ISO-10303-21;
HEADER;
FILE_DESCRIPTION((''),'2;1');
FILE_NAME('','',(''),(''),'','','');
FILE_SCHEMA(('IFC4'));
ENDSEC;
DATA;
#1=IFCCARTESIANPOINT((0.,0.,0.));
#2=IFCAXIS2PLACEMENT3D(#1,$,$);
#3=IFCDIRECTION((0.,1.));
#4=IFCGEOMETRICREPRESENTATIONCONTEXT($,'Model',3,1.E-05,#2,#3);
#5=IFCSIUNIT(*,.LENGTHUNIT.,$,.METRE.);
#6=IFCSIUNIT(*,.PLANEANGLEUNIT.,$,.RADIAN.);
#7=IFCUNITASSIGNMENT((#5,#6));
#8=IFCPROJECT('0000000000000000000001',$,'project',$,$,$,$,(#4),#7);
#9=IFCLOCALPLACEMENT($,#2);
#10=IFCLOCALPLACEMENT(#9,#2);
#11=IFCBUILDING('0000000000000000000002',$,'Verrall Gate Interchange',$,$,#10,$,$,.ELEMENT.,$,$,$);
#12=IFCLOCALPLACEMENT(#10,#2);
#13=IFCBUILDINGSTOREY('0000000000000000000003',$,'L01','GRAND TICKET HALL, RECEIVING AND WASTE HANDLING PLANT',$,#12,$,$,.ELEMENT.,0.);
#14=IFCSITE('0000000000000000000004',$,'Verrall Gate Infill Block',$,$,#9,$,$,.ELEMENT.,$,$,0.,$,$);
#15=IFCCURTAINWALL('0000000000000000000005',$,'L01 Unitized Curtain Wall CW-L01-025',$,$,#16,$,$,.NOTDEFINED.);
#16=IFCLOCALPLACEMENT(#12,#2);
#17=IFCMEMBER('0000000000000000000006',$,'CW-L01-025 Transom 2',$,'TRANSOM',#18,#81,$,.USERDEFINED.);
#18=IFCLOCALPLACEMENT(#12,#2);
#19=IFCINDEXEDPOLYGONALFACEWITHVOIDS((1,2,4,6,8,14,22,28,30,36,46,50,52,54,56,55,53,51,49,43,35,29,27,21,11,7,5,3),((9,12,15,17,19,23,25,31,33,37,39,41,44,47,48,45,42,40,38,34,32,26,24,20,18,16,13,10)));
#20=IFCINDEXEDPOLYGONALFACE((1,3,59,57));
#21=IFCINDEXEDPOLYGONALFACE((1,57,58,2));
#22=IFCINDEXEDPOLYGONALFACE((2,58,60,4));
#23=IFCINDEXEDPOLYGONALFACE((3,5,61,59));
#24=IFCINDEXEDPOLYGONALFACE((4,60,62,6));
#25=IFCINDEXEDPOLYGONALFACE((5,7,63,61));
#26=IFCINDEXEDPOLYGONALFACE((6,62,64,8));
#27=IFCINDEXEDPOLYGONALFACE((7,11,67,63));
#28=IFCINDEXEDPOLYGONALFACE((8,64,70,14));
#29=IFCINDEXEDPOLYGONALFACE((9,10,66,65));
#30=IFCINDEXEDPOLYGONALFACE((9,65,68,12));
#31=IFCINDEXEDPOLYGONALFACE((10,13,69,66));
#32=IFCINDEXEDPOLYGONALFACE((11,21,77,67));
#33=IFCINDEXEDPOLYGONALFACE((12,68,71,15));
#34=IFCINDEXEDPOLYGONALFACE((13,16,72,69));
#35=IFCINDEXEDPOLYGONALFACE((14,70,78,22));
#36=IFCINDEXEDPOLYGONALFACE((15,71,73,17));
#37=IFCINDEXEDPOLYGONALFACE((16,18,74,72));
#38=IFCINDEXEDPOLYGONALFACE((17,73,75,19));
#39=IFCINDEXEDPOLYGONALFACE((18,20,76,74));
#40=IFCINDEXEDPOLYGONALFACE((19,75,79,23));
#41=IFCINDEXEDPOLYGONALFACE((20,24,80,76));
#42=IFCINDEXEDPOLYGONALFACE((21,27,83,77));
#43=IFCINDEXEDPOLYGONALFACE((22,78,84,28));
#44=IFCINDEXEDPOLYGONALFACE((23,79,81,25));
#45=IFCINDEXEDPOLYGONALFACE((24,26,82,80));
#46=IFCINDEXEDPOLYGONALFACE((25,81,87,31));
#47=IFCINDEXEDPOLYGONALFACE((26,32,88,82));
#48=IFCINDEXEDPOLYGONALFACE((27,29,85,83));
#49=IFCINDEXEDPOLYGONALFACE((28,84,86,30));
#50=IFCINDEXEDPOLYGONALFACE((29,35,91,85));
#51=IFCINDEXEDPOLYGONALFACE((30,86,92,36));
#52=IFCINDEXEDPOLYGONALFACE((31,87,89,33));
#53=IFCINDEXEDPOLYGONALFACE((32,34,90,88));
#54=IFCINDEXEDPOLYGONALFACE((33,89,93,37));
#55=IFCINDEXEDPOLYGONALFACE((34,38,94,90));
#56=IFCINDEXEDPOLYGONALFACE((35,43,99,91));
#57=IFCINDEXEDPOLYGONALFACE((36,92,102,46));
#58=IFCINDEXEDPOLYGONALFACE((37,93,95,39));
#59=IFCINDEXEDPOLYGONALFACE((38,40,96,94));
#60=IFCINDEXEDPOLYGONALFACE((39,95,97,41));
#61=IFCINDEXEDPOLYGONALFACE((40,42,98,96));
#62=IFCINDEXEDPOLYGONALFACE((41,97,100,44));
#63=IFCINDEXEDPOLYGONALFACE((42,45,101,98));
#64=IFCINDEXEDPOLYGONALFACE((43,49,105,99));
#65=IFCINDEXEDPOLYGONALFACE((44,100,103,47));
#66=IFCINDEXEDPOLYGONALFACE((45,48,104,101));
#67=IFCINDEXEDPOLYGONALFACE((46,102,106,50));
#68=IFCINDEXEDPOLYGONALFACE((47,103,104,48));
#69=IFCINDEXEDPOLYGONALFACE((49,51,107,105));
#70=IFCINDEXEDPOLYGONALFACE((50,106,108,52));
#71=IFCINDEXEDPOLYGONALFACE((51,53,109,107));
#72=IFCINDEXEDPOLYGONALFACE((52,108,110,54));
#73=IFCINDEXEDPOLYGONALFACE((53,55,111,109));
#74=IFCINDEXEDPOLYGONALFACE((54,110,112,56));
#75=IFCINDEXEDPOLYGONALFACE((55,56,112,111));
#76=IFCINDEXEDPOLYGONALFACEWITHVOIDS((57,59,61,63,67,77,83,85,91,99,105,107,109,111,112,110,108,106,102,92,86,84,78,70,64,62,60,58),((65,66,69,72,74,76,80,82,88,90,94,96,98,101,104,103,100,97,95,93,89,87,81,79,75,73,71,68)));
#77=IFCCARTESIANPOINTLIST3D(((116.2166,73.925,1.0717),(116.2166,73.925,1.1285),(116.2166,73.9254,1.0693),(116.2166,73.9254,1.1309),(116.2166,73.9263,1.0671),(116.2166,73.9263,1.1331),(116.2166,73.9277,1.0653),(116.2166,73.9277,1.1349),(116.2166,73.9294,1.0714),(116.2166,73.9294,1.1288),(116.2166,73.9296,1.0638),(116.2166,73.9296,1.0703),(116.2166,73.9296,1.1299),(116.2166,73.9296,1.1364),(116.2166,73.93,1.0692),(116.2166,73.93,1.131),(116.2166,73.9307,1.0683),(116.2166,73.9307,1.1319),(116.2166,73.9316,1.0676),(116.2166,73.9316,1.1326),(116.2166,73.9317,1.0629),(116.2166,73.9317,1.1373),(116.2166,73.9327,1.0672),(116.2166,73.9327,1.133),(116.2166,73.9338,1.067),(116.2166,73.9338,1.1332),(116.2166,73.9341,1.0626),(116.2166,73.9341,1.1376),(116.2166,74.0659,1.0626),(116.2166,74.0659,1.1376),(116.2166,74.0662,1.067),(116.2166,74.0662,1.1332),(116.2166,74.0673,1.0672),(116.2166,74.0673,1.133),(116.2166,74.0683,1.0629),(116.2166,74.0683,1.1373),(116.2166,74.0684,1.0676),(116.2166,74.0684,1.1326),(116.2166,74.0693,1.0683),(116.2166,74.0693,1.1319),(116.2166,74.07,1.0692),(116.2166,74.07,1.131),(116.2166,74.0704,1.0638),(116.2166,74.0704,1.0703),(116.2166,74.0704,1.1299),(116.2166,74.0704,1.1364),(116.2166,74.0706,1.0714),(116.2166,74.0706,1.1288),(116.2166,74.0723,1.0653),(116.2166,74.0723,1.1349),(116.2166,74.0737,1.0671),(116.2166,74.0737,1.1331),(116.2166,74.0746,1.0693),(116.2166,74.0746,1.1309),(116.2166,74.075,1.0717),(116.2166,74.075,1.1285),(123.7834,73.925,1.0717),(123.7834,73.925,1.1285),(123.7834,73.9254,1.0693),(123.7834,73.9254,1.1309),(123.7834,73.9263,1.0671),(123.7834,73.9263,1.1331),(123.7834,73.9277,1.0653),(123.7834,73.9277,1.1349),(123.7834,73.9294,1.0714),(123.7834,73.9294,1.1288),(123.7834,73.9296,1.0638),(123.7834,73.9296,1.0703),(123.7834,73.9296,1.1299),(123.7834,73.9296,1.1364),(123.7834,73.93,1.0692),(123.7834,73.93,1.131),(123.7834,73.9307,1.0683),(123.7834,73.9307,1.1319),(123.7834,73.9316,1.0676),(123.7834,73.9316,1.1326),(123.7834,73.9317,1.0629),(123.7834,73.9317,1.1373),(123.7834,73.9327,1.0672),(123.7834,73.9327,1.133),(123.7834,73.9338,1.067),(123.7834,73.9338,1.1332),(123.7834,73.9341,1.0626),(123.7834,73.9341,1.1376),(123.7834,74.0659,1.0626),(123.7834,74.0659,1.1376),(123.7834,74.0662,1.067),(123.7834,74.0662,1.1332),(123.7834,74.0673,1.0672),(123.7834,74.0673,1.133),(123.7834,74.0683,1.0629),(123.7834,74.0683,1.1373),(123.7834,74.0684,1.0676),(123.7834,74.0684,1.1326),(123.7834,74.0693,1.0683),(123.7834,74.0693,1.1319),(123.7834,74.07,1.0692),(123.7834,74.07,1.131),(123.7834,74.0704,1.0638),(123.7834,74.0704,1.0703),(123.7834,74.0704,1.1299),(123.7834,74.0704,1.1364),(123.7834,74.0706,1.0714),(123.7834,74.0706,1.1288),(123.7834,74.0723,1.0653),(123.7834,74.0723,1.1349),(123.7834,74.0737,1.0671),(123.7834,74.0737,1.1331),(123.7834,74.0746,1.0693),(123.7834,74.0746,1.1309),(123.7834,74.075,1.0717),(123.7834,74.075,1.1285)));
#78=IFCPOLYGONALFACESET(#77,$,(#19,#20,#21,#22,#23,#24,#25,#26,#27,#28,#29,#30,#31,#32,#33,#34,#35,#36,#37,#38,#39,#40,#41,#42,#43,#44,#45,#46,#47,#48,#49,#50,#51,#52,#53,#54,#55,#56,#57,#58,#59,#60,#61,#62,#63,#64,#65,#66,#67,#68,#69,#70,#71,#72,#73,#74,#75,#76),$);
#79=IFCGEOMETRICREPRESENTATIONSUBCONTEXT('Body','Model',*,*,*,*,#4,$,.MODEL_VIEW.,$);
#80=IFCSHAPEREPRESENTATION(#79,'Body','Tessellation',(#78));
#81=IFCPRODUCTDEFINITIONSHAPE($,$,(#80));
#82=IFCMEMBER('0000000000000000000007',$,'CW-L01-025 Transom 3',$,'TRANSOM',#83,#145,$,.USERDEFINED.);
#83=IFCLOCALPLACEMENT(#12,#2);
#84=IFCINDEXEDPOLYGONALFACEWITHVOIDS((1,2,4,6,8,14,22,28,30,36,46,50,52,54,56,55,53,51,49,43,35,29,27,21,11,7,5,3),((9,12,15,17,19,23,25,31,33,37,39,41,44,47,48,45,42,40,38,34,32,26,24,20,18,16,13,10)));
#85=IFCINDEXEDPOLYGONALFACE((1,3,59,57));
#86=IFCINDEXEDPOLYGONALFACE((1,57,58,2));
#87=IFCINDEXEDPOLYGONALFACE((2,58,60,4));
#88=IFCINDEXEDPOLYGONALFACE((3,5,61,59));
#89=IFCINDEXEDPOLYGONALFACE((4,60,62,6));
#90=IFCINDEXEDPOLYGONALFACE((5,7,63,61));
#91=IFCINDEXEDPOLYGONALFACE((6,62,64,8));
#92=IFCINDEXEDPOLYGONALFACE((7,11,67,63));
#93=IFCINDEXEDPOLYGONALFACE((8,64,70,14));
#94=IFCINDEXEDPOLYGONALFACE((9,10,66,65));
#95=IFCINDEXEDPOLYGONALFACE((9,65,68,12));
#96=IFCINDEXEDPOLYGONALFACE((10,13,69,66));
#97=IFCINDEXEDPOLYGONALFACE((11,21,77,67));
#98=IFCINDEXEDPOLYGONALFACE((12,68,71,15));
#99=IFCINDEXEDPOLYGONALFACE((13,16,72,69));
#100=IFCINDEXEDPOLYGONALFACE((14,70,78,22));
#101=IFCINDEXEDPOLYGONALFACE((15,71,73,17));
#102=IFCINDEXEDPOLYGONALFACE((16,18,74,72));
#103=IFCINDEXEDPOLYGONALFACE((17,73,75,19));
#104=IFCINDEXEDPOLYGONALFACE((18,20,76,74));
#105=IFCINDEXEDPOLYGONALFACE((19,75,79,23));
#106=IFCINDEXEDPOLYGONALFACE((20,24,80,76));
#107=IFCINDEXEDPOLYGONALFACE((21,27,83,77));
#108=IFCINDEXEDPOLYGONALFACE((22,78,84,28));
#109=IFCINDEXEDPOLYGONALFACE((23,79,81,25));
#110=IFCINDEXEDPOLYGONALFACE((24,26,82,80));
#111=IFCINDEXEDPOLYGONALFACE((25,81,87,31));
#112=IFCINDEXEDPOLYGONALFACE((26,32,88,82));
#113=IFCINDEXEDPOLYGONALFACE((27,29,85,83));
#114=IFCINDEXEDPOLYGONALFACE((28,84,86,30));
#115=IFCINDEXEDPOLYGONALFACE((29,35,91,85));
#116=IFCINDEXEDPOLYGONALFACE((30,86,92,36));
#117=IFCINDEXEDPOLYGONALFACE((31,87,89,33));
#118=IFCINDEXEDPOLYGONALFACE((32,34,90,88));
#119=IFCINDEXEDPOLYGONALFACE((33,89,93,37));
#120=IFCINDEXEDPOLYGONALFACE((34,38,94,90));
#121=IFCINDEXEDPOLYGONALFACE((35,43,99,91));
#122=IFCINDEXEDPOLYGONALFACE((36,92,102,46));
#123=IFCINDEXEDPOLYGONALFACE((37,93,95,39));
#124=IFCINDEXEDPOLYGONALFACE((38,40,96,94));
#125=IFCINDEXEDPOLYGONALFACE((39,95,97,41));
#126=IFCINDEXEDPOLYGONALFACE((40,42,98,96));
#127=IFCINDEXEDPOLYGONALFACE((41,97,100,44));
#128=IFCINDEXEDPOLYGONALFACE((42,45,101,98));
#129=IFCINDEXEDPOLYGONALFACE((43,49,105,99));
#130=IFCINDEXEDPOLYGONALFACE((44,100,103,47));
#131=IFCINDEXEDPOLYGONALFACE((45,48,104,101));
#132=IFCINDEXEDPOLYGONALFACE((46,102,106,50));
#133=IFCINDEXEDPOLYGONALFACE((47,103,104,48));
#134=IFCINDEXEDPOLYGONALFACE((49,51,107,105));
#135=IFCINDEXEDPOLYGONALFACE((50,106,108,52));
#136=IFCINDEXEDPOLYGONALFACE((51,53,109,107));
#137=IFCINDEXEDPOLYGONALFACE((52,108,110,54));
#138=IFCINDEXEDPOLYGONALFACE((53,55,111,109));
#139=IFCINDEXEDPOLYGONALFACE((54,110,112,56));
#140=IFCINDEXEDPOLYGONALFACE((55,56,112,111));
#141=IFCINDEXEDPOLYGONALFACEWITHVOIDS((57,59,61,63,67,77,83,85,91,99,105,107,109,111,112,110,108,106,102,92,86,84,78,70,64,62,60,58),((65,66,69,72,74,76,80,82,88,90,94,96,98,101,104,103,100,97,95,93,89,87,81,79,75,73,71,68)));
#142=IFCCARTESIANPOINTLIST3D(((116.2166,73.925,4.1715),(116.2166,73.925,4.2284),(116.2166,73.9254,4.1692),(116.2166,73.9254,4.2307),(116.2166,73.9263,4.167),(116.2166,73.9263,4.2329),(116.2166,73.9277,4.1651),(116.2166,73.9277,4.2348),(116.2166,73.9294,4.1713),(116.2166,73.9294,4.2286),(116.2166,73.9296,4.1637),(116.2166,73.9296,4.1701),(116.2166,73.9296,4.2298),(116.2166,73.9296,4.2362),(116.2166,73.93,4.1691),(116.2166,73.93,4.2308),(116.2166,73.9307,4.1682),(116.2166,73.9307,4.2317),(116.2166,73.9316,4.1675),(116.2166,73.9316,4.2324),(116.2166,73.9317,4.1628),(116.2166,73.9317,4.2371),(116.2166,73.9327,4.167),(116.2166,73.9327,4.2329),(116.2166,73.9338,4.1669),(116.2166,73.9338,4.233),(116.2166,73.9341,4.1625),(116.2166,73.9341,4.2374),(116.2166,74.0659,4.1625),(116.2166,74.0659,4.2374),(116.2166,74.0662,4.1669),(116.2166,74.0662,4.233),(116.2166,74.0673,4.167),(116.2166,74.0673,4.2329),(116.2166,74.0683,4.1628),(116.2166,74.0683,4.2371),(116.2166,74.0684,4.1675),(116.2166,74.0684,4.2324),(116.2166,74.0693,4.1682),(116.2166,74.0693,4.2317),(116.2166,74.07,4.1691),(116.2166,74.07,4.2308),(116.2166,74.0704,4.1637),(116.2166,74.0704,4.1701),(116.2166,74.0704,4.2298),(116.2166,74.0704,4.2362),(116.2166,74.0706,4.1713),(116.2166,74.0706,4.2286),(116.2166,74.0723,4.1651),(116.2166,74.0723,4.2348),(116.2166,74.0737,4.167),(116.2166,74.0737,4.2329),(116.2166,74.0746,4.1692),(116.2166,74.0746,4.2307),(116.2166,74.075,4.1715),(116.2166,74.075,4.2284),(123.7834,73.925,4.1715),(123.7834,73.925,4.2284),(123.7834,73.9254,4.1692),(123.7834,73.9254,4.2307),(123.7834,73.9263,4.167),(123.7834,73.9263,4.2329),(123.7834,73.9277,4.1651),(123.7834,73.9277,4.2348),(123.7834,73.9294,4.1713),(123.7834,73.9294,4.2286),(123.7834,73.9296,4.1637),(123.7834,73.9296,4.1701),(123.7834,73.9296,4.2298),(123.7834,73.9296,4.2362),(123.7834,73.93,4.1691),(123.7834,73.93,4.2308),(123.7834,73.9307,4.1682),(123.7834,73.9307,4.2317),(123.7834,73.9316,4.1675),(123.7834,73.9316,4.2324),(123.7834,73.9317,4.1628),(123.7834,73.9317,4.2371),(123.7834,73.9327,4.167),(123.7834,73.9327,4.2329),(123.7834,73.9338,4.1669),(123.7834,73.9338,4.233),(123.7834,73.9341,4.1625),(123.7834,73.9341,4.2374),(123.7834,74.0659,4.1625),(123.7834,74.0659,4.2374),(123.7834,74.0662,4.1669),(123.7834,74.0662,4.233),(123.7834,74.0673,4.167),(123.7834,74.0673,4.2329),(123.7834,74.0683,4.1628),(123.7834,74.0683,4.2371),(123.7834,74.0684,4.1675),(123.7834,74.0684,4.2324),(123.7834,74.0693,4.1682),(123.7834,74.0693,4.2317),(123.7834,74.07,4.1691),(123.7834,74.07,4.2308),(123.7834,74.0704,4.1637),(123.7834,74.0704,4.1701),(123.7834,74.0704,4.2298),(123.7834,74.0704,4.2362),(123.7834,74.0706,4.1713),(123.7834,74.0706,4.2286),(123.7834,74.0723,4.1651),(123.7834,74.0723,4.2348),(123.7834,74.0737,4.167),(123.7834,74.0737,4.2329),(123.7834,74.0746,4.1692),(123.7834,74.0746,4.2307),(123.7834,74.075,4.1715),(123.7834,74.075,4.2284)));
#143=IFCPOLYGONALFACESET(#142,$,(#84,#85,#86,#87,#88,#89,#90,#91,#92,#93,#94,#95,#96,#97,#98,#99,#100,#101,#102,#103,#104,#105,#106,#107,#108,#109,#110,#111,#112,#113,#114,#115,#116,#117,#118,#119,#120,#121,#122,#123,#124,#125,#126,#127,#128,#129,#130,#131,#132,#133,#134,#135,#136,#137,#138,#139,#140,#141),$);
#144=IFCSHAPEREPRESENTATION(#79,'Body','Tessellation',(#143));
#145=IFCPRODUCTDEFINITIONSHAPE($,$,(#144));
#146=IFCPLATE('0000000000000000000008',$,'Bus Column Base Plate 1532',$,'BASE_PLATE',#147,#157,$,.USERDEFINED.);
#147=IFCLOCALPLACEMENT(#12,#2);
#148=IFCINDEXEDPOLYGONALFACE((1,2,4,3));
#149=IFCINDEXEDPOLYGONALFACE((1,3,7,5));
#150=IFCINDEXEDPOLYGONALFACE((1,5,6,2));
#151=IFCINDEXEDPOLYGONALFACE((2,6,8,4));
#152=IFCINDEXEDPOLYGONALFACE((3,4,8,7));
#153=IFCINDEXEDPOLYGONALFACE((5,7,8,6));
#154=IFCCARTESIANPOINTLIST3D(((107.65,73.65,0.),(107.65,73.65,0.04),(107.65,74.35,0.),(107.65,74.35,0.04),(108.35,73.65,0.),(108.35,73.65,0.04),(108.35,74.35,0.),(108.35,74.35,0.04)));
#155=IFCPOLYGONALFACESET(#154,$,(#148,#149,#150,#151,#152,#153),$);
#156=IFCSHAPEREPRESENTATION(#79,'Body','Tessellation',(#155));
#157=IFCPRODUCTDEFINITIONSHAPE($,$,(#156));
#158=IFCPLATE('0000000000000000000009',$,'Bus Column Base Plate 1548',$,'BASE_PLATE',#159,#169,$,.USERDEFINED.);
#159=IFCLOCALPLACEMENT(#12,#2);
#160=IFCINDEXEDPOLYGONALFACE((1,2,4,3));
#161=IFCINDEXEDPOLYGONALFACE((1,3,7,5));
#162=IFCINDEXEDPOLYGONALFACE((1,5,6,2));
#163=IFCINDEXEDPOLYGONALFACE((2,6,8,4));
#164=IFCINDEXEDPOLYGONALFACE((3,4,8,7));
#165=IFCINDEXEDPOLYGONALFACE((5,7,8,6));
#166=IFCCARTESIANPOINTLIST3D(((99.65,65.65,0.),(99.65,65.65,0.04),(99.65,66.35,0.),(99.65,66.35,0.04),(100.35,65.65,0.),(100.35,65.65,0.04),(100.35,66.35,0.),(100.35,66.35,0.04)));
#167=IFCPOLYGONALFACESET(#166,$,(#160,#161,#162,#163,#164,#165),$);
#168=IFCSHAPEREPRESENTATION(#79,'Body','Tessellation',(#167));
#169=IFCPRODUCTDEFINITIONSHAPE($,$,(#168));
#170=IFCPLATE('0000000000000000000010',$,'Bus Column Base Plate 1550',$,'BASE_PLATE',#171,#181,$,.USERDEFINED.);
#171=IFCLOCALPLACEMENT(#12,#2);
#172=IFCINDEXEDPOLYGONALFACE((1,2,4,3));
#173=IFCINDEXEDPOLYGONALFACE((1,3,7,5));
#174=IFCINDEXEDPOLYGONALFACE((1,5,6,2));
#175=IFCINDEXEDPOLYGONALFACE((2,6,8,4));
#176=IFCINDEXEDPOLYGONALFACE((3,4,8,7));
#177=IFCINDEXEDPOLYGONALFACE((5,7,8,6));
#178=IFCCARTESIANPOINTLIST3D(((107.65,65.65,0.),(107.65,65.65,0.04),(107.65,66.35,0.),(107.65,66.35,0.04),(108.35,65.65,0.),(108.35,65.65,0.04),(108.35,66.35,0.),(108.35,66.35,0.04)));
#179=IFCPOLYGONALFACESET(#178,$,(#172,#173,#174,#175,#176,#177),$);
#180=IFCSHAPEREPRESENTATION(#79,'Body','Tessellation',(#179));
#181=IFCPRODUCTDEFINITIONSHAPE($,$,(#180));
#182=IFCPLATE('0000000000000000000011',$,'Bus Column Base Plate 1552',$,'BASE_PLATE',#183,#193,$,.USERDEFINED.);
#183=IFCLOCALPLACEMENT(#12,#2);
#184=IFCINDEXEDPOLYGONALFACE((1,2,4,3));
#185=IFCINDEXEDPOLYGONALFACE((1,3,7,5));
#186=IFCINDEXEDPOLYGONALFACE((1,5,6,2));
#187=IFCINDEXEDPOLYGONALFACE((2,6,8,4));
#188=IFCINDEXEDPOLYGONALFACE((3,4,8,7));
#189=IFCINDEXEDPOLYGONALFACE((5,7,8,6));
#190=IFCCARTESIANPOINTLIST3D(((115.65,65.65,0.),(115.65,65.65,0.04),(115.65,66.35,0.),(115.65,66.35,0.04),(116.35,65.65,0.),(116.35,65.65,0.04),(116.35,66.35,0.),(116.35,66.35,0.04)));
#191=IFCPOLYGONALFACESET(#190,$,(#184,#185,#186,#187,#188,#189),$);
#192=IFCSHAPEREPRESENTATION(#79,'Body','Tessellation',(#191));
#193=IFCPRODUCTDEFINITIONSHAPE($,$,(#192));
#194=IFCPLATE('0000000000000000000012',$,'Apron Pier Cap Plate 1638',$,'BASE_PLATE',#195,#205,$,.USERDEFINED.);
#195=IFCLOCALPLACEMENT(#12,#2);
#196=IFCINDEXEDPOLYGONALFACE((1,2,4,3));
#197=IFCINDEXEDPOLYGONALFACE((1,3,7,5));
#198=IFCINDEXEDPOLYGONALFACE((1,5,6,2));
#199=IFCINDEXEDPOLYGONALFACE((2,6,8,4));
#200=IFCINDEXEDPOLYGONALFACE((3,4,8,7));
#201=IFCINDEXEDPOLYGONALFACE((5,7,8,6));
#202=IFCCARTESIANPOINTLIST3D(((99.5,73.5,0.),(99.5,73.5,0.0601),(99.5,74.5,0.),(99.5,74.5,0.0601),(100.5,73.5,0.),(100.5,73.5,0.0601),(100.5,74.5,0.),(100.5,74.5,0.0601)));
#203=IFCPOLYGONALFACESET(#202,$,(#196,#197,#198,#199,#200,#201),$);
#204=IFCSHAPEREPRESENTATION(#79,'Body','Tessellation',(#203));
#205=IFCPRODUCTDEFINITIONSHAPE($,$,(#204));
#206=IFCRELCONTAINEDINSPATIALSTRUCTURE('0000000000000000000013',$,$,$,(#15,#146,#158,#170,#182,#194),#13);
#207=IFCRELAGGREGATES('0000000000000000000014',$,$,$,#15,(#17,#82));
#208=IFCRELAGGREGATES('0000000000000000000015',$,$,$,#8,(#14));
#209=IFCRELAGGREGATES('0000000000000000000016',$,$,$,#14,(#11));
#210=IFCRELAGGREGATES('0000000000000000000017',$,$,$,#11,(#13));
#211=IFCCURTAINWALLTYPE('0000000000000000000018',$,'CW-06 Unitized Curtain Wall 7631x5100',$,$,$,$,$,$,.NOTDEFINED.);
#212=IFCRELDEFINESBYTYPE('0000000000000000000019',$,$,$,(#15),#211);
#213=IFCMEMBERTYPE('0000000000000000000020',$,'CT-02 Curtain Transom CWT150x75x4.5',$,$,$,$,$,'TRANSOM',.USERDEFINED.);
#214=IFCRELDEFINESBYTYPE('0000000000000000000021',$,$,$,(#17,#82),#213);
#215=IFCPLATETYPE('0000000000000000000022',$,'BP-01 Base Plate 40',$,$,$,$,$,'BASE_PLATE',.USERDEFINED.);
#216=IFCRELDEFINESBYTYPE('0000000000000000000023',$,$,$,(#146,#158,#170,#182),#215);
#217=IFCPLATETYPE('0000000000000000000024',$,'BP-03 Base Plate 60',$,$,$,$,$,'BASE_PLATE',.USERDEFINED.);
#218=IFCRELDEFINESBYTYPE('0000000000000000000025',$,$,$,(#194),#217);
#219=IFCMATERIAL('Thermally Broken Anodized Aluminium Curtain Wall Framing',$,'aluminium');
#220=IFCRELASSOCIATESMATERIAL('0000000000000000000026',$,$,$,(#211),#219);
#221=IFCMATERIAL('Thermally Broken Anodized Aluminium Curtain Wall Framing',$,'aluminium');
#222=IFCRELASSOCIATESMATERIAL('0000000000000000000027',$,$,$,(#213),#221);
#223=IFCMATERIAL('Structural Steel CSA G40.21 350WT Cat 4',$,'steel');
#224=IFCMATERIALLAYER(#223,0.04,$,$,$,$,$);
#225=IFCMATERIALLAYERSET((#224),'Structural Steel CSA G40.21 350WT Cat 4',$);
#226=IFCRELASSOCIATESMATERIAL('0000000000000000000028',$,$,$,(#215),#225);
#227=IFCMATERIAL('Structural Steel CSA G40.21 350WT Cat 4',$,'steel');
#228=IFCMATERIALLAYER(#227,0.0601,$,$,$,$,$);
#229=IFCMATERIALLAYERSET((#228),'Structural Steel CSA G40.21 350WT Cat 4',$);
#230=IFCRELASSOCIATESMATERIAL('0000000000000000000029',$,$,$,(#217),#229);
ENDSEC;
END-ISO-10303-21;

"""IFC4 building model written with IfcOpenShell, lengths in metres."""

from ifc_helpers import new_model, si_unit, direction, frame, origin, origin_2d, place, context, subcontext, project, spatial, rectangle, hollow_rectangle, extrude, material, layer, layer_set, material_profile, profile_set, type_object, element, aggregate, save


model = new_model("IFC4")

# Units and contexts
model_context = context("Model", 3, precision=1e-05, world=origin(), true_north=direction((0.0, 1.0)))
body_context = subcontext(model_context, "Body", "Model", "MODEL_VIEW")
ifc_project = project(units=[si_unit("LENGTHUNIT", "METRE"), si_unit("PLANEANGLEUNIT", "RADIAN")], contexts=[model_context])

# Site, building, storey
site_placement = place(None, origin())
site = spatial("IfcSite", under=ifc_project, at=site_placement, Name="Verrall Gate Infill Block", CompositionType="ELEMENT", RefElevation=0.0)
building_placement = place(site_placement, origin())
building = spatial("IfcBuilding", under=site, at=building_placement, Name="Verrall Gate Interchange", CompositionType="ELEMENT")
storey_placement = place(building_placement, origin())
storey = spatial("IfcBuildingStorey", under=building, at=storey_placement, Name="L01", Description="GRAND TICKET HALL, RECEIVING AND WASTE HANDLING PLANT", CompositionType="ELEMENT", Elevation=0.0)

# Curtain wall, members
ifc_material_1 = material(Name="Thermally Broken Anodized Aluminium Curtain Wall Framing", Category="aluminium")
curtain_wall_type = type_object("IfcCurtainWallType", Name="CW-06 Unitized Curtain Wall 7631x5100", PredefinedType="NOTDEFINED", material=ifc_material_1)
curtain_wall_placement = place(storey_placement, origin())
curtain_wall = element("IfcCurtainWall", 1, at=curtain_wall_placement, inside=storey, type_object=curtain_wall_type, Name="L01 Unitized Curtain Wall CW-L01-025", PredefinedType="NOTDEFINED")
ifc_material_2 = material(Name="Thermally Broken Anodized Aluminium Curtain Wall Framing", Category="aluminium")
ifc_material_profile_1 = material_profile(ifc_material_2, hollow_rectangle(XDim=0.1499, YDim=0.075, WallThickness=0.0044, InnerFilletRadius=0.0044, OuterFilletRadius=0.009, at=origin_2d()), Name="CWT150x75x4.5")
ifc_profile_set_1 = profile_set([ifc_material_profile_1], Name="Thermally Broken Anodized Aluminium Curtain Wall Framing")
member_type = type_object("IfcMemberType", Name="CT-02 Curtain Transom CWT150x75x4.5", ElementType="TRANSOM", PredefinedType="USERDEFINED", material=ifc_profile_set_1)
member_1_placement = place(storey_placement, frame((116.2166, 74.0, 1.1001), z_axis=(1.0, 0.0, 0.0), x_axis=(0.0, 1.0, 0.0)))
member_1 = element("IfcMember", 2, at=member_1_placement, type_object=member_type, Name="CW-L01-025 Transom 2", ObjectType="TRANSOM", PredefinedType="USERDEFINED", context=body_context, shape_type="SweptSolid", body=[
    extrude(hollow_rectangle(XDim=0.1499, YDim=0.075, WallThickness=0.0044, InnerFilletRadius=0.0044, OuterFilletRadius=0.009, at=origin_2d()), origin(), (0.0, 0.0, 1.0), 7.5669),
])
member_2_placement = place(storey_placement, frame((116.2166, 74.0, 4.2), z_axis=(1.0, 0.0, 0.0), x_axis=(0.0, 1.0, 0.0)))
member_2 = element("IfcMember", 3, at=member_2_placement, type_object=member_type, Name="CW-L01-025 Transom 3", ObjectType="TRANSOM", PredefinedType="USERDEFINED", context=body_context, shape_type="SweptSolid", body=[
    extrude(hollow_rectangle(XDim=0.1499, YDim=0.075, WallThickness=0.0044, InnerFilletRadius=0.0044, OuterFilletRadius=0.009, at=origin_2d()), origin(), (0.0, 0.0, 1.0), 7.5669),
])
aggregate(curtain_wall, [member_1, member_2])

# Plates
ifc_material_3 = material(Name="Structural Steel CSA G40.21 350WT Cat 4", Category="steel")
ifc_layer_1 = layer(ifc_material_3, 0.04)
ifc_layer_set_1 = layer_set([ifc_layer_1], Name="Structural Steel CSA G40.21 350WT Cat 4")
plate_type_1 = type_object("IfcPlateType", Name="BP-01 Base Plate 40", ElementType="BASE_PLATE", PredefinedType="USERDEFINED", material=ifc_layer_set_1)
for number, where, z_axis, x_axis, name in (
    (4, (108.0, 74.0, 0.0), (0.0, 0.0, 1.0), (1.0, 0.0, 0.0), "Bus Column Base Plate 1532"),
    (5, (100.0, 66.0, 0.0), (0.0, 0.0, 1.0), (1.0, 0.0, 0.0), "Bus Column Base Plate 1548"),
    (6, (108.0, 66.0, 0.0), (0.0, 0.0, 1.0), (1.0, 0.0, 0.0), "Bus Column Base Plate 1550"),
    (7, (116.0, 66.0, 0.0), (0.0, 0.0, 1.0), (1.0, 0.0, 0.0), "Bus Column Base Plate 1552"),
):
    element("IfcPlate", number, at=place(storey_placement, frame(where, z_axis=z_axis, x_axis=x_axis)), inside=storey, type_object=plate_type_1, Name=name, ObjectType="BASE_PLATE", PredefinedType="USERDEFINED", context=body_context, shape_type="SweptSolid", body=[
        extrude(rectangle(XDim=0.7, YDim=0.7, at=origin_2d()), origin(), (0.0, 0.0, 1.0), 0.04),
    ])
ifc_material_4 = material(Name="Structural Steel CSA G40.21 350WT Cat 4", Category="steel")
ifc_layer_2 = layer(ifc_material_4, 0.0601)
ifc_layer_set_2 = layer_set([ifc_layer_2], Name="Structural Steel CSA G40.21 350WT Cat 4")
plate_type_2 = type_object("IfcPlateType", Name="BP-03 Base Plate 60", ElementType="BASE_PLATE", PredefinedType="USERDEFINED", material=ifc_layer_set_2)
for number, where, z_axis, x_axis, name in (
    (8, (100.0, 74.0, 0.0), (0.0, 0.0, 1.0), (1.0, 0.0, 0.0), "Apron Pier Cap Plate 1638"),
):
    element("IfcPlate", number, at=place(storey_placement, frame(where, z_axis=z_axis, x_axis=x_axis)), inside=storey, type_object=plate_type_2, Name=name, ObjectType="BASE_PLATE", PredefinedType="USERDEFINED", context=body_context, shape_type="SweptSolid", body=[
        extrude(rectangle(XDim=1.0, YDim=1.0, at=origin_2d()), origin(), (0.0, 0.0, 1.0), 0.0601),
    ])

save(model, "model.ifc")
